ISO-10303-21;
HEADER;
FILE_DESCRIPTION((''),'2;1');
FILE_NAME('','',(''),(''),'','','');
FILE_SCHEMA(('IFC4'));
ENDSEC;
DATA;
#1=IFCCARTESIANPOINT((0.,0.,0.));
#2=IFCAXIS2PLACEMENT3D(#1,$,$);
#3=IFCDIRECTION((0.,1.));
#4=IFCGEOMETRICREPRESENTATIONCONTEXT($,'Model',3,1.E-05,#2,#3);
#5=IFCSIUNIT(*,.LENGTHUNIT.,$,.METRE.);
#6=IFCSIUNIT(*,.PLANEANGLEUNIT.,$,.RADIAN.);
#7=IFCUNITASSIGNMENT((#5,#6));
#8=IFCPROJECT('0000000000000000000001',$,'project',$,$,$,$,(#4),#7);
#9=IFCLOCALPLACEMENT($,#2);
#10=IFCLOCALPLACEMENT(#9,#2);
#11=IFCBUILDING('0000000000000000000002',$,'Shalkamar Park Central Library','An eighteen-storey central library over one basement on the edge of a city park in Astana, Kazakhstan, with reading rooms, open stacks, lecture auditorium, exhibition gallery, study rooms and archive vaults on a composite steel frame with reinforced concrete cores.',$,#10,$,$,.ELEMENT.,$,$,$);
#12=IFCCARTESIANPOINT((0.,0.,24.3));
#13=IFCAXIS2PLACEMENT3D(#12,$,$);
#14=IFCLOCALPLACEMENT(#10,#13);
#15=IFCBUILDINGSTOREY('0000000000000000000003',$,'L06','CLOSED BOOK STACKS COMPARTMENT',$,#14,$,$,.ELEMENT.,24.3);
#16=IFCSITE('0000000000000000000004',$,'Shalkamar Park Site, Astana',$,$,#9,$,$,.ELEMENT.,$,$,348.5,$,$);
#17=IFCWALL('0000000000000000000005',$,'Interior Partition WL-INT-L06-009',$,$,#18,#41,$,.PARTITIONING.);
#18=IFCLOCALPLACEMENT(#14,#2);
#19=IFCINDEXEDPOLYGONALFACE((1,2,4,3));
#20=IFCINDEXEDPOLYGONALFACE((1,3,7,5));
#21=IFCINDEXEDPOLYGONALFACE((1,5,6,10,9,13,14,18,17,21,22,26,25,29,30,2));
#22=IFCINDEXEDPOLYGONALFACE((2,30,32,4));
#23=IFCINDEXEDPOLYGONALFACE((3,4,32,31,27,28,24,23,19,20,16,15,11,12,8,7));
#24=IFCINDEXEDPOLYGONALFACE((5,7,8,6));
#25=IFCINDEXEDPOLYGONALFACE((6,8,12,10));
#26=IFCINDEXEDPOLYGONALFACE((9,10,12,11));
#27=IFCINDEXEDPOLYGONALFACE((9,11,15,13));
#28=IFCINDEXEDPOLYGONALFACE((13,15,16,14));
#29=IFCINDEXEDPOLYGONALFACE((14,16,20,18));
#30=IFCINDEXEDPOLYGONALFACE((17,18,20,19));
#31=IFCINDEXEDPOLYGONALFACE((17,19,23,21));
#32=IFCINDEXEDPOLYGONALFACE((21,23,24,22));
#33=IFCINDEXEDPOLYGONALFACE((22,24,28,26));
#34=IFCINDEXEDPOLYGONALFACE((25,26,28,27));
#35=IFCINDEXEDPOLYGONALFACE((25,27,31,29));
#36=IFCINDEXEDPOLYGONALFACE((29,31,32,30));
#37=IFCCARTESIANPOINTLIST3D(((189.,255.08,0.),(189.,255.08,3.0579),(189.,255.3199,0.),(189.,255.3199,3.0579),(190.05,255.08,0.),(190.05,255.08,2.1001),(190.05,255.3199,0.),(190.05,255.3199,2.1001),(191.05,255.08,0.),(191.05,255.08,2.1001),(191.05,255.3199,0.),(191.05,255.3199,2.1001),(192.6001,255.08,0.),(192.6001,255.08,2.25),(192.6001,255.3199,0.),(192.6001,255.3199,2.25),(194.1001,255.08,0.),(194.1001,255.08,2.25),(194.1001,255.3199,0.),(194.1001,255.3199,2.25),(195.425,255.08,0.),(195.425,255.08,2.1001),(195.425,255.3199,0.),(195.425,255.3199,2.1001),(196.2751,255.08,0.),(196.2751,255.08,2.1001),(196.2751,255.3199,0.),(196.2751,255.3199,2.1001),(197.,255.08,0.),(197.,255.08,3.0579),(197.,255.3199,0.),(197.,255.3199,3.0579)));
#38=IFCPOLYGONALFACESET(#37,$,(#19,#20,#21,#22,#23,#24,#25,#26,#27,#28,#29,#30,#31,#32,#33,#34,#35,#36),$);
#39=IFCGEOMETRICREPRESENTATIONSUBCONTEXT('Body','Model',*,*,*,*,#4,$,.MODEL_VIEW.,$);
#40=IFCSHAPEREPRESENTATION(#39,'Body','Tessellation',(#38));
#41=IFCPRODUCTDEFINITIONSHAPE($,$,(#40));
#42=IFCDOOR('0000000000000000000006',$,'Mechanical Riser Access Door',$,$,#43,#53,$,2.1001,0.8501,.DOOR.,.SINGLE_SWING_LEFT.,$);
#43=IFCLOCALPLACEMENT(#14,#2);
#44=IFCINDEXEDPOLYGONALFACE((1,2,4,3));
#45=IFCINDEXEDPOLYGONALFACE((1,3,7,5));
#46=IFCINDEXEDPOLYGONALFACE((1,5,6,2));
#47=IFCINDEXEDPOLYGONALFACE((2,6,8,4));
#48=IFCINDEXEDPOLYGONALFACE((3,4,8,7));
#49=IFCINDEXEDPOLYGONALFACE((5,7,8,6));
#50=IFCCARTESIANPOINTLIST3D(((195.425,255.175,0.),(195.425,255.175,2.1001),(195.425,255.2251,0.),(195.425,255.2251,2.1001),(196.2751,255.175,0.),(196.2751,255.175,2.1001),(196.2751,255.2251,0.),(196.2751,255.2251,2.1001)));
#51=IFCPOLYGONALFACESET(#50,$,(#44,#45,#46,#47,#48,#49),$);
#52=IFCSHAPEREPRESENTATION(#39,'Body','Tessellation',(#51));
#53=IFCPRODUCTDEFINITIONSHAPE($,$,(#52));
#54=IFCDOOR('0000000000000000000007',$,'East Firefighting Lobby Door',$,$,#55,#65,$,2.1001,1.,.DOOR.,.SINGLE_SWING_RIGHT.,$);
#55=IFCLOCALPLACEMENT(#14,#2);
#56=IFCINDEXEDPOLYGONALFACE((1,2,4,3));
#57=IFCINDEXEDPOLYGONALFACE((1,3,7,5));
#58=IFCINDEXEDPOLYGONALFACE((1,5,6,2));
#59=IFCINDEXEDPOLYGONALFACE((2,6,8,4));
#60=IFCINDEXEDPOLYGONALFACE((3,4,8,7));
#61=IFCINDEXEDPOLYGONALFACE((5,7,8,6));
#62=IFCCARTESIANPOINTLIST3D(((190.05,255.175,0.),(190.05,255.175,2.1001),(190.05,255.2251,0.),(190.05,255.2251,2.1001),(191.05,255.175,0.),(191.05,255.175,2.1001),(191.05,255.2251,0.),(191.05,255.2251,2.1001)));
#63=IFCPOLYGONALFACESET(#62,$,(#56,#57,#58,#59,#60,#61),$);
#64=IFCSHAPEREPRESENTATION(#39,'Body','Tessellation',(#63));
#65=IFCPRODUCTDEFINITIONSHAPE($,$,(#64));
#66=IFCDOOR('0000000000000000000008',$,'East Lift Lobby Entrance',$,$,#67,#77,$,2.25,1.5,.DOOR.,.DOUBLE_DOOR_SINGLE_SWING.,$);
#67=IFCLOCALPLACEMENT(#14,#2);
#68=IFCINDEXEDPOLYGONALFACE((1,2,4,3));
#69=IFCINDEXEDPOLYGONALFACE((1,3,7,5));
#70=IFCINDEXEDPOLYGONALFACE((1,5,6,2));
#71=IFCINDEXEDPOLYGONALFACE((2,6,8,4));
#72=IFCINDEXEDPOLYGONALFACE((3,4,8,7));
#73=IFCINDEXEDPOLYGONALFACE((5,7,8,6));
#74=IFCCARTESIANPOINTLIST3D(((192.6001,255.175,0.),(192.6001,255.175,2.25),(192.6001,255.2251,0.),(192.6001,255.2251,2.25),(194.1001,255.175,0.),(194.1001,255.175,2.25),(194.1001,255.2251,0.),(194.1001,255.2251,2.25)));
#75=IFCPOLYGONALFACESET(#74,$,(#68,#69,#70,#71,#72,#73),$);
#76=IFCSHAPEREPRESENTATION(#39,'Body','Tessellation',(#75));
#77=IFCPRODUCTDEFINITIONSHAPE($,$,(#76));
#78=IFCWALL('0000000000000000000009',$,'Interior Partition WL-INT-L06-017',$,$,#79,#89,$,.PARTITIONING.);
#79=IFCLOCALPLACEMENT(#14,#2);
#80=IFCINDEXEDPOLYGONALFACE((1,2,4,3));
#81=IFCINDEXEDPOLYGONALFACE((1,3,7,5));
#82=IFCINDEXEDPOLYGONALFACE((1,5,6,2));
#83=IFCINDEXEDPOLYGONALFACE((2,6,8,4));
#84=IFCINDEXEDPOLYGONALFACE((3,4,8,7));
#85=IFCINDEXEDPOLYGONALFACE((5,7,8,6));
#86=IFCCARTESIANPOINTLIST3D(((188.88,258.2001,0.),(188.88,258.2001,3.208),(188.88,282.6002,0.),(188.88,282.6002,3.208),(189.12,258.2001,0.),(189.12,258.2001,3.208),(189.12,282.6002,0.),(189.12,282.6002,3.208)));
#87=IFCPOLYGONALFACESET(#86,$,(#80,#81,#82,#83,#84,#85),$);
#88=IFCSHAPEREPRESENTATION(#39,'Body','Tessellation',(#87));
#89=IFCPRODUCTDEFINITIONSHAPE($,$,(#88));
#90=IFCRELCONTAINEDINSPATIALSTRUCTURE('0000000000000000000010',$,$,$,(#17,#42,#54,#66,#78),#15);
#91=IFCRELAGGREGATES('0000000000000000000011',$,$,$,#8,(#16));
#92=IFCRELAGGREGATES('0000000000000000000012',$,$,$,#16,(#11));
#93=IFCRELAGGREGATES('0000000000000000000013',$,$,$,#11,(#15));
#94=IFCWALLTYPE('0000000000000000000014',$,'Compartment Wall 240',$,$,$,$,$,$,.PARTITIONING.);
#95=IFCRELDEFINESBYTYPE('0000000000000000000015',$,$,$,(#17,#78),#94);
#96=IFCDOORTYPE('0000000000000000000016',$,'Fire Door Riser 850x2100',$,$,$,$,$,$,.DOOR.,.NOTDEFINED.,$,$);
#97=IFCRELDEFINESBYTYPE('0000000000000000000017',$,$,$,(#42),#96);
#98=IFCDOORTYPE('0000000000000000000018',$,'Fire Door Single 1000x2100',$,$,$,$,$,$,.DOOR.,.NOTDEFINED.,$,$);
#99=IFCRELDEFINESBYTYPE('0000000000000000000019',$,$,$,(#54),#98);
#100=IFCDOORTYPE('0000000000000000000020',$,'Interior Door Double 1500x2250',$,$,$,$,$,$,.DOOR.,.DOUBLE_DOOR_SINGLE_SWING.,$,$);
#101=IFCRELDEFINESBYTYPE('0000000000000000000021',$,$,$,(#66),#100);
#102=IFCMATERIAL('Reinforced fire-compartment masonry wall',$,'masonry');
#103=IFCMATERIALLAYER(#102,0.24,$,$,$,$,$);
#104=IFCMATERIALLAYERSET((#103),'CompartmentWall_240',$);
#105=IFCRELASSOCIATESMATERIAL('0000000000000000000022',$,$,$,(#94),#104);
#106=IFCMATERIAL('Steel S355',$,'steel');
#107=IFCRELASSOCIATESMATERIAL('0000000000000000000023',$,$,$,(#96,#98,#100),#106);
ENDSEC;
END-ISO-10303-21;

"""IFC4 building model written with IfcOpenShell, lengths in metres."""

from ifc_helpers import new_model, si_unit, direction, frame, frame_2d, origin, place, context, subcontext, project, spatial, rectangle, extrude, material, layer, layer_set, type_object, element, fill, save


model = new_model("IFC4")

# Units and contexts
model_context = context("Model", 3, precision=1e-05, world=origin(), true_north=direction((0.0, 1.0)))
body_context = subcontext(model_context, "Body", "Model", "MODEL_VIEW")
ifc_project = project(units=[si_unit("LENGTHUNIT", "METRE"), si_unit("PLANEANGLEUNIT", "RADIAN")], contexts=[model_context])

# Site, building, storey
site_placement = place(None, origin())
site = spatial("IfcSite", under=ifc_project, at=site_placement, Name="Shalkamar Park Site, Astana", CompositionType="ELEMENT", RefElevation=348.5)
building_placement = place(site_placement, origin())
building = spatial("IfcBuilding", under=site, at=building_placement, Name="Shalkamar Park Central Library", Description="An eighteen-storey central library over one basement on the edge of a city park in Astana, Kazakhstan, with reading rooms, open stacks, lecture auditorium, exhibition gallery, study rooms and archive vaults on a composite steel frame with reinforced concrete cores.", CompositionType="ELEMENT")
storey_placement = place(building_placement, frame((0.0, 0.0, 24.3)))
storey = spatial("IfcBuildingStorey", under=building, at=storey_placement, Name="L06", Description="CLOSED BOOK STACKS COMPARTMENT", CompositionType="ELEMENT", Elevation=24.3)

# Shared definitions
ifc_material_1 = material(Name="Steel S355", Category="steel")

# Wall, openings, doors
ifc_material_2 = material(Name="Reinforced fire-compartment masonry wall", Category="masonry")
ifc_layer = layer(ifc_material_2, 0.24)
ifc_layer_set = layer_set([ifc_layer], Name="CompartmentWall_240")
wall_type = type_object("IfcWallType", Name="Compartment Wall 240", PredefinedType="PARTITIONING", material=ifc_layer_set)
wall_1_placement = place(storey_placement, frame((189.0, 255.2, 0.0), z_axis=(0.0, 0.0, 1.0), x_axis=(1.0, 0.0, 0.0)))
wall_1 = element("IfcWall", 1, at=wall_1_placement, inside=storey, type_object=wall_type, Name="Interior Partition WL-INT-L06-009", PredefinedType="PARTITIONING", context=body_context, shape_type="SweptSolid", body=[
    extrude(rectangle(XDim=8.0, YDim=0.24, at=frame_2d((4.0, 0.0))), origin(), (0.0, 0.0, 1.0), 3.0579),
])
opening_1_placement = place(wall_1_placement, frame((1.05, 0.0, 0.0)))
opening_1 = element("IfcOpeningElement", 2, at=opening_1_placement, cuts=wall_1, PredefinedType="OPENING", context=body_context, shape_type="SweptSolid", body=[
    extrude(rectangle(XDim=1.0, YDim=2.1001, at=frame_2d((0.5, 1.05))), frame((0.0, 0.1348, 0.0), z_axis=(0.0, -1.0, 0.0), x_axis=(1.0, 0.0, 0.0)), (0.0, 0.0, 1.0), 0.2698),
])
opening_2_placement = place(wall_1_placement, frame((3.6001, 0.0, 0.0)))
opening_2 = element("IfcOpeningElement", 3, at=opening_2_placement, cuts=wall_1, PredefinedType="OPENING", context=body_context, shape_type="SweptSolid", body=[
    extrude(rectangle(XDim=1.5, YDim=2.25, at=frame_2d((0.75, 1.125))), frame((0.0, 0.1348, 0.0), z_axis=(0.0, -1.0, 0.0), x_axis=(1.0, 0.0, 0.0)), (0.0, 0.0, 1.0), 0.2698),
])
opening_3_placement = place(wall_1_placement, frame((6.425, 0.0, 0.0)))
opening_3 = element("IfcOpeningElement", 4, at=opening_3_placement, cuts=wall_1, PredefinedType="OPENING", context=body_context, shape_type="SweptSolid", body=[
    extrude(rectangle(XDim=0.8501, YDim=2.1001, at=frame_2d((0.425, 1.05))), frame((0.0, 0.1348, 0.0), z_axis=(0.0, -1.0, 0.0), x_axis=(1.0, 0.0, 0.0)), (0.0, 0.0, 1.0), 0.2698),
])
door_type_1 = type_object("IfcDoorType", Name="Fire Door Riser 850x2100", OperationType="NOTDEFINED", PredefinedType="DOOR", material=ifc_material_1)
door_1_placement = place(opening_3_placement, frame((0.8501, 0.0, 0.0), z_axis=(0.0, 0.0, 1.0), x_axis=(-1.0, 0.0, 0.0)))
door_1 = element("IfcDoor", 5, at=door_1_placement, inside=storey, type_object=door_type_1, Name="Mechanical Riser Access Door", OperationType="SINGLE_SWING_LEFT", OverallHeight=2.1001, OverallWidth=0.8501, PredefinedType="DOOR", context=body_context, shape_type="SweptSolid", body=[
    extrude(rectangle(XDim=0.8501, YDim=2.1001, at=frame_2d((0.425, 1.05))), frame((0.0, 0.0249, 0.0), z_axis=(0.0, -1.0, 0.0), x_axis=(1.0, 0.0, 0.0)), (0.0, 0.0, 1.0), 0.05),
])
fill(opening_3, door_1)
door_type_2 = type_object("IfcDoorType", Name="Fire Door Single 1000x2100", OperationType="NOTDEFINED", PredefinedType="DOOR", material=ifc_material_1)
door_2_placement = place(opening_1_placement, frame((1.0, 0.0, 0.0), z_axis=(0.0, 0.0, 1.0), x_axis=(-1.0, 0.0, 0.0)))
door_2 = element("IfcDoor", 6, at=door_2_placement, inside=storey, type_object=door_type_2, Name="East Firefighting Lobby Door", OperationType="SINGLE_SWING_RIGHT", OverallHeight=2.1001, OverallWidth=1.0, PredefinedType="DOOR", context=body_context, shape_type="SweptSolid", body=[
    extrude(rectangle(XDim=1.0, YDim=2.1001, at=frame_2d((0.5, 1.05))), frame((0.0, 0.0249, 0.0), z_axis=(0.0, -1.0, 0.0), x_axis=(1.0, 0.0, 0.0)), (0.0, 0.0, 1.0), 0.05),
])
fill(opening_1, door_2)
door_type_3 = type_object("IfcDoorType", Name="Interior Door Double 1500x2250", OperationType="DOUBLE_DOOR_SINGLE_SWING", PredefinedType="DOOR", material=ifc_material_1)
door_3_placement = place(opening_2_placement, frame((1.5, 0.0, 0.0), z_axis=(0.0, 0.0, 1.0), x_axis=(-1.0, 0.0, 0.0)))
door_3 = element("IfcDoor", 7, at=door_3_placement, inside=storey, type_object=door_type_3, Name="East Lift Lobby Entrance", OperationType="DOUBLE_DOOR_SINGLE_SWING", OverallHeight=2.25, OverallWidth=1.5, PredefinedType="DOOR", context=body_context, shape_type="SweptSolid", body=[
    extrude(rectangle(XDim=1.5, YDim=2.25, at=frame_2d((0.75, 1.125))), frame((0.0, 0.0249, 0.0), z_axis=(0.0, -1.0, 0.0), x_axis=(1.0, 0.0, 0.0)), (0.0, 0.0, 1.0), 0.05),
])
fill(opening_2, door_3)

# Wall
wall_2_placement = place(storey_placement, frame((189.0, 258.2, 0.0), z_axis=(0.0, 0.0, 1.0), x_axis=(0.0, 1.0, 0.0)))
element("IfcWall", 8, at=wall_2_placement, inside=storey, type_object=wall_type, Name="Interior Partition WL-INT-L06-017", PredefinedType="PARTITIONING", context=body_context, shape_type="SweptSolid", body=[
    extrude(rectangle(XDim=24.4001, YDim=0.24, at=frame_2d((12.2002, 0.0))), origin(), (0.0, 0.0, 1.0), 3.208),
])

save(model, "model.ifc")
